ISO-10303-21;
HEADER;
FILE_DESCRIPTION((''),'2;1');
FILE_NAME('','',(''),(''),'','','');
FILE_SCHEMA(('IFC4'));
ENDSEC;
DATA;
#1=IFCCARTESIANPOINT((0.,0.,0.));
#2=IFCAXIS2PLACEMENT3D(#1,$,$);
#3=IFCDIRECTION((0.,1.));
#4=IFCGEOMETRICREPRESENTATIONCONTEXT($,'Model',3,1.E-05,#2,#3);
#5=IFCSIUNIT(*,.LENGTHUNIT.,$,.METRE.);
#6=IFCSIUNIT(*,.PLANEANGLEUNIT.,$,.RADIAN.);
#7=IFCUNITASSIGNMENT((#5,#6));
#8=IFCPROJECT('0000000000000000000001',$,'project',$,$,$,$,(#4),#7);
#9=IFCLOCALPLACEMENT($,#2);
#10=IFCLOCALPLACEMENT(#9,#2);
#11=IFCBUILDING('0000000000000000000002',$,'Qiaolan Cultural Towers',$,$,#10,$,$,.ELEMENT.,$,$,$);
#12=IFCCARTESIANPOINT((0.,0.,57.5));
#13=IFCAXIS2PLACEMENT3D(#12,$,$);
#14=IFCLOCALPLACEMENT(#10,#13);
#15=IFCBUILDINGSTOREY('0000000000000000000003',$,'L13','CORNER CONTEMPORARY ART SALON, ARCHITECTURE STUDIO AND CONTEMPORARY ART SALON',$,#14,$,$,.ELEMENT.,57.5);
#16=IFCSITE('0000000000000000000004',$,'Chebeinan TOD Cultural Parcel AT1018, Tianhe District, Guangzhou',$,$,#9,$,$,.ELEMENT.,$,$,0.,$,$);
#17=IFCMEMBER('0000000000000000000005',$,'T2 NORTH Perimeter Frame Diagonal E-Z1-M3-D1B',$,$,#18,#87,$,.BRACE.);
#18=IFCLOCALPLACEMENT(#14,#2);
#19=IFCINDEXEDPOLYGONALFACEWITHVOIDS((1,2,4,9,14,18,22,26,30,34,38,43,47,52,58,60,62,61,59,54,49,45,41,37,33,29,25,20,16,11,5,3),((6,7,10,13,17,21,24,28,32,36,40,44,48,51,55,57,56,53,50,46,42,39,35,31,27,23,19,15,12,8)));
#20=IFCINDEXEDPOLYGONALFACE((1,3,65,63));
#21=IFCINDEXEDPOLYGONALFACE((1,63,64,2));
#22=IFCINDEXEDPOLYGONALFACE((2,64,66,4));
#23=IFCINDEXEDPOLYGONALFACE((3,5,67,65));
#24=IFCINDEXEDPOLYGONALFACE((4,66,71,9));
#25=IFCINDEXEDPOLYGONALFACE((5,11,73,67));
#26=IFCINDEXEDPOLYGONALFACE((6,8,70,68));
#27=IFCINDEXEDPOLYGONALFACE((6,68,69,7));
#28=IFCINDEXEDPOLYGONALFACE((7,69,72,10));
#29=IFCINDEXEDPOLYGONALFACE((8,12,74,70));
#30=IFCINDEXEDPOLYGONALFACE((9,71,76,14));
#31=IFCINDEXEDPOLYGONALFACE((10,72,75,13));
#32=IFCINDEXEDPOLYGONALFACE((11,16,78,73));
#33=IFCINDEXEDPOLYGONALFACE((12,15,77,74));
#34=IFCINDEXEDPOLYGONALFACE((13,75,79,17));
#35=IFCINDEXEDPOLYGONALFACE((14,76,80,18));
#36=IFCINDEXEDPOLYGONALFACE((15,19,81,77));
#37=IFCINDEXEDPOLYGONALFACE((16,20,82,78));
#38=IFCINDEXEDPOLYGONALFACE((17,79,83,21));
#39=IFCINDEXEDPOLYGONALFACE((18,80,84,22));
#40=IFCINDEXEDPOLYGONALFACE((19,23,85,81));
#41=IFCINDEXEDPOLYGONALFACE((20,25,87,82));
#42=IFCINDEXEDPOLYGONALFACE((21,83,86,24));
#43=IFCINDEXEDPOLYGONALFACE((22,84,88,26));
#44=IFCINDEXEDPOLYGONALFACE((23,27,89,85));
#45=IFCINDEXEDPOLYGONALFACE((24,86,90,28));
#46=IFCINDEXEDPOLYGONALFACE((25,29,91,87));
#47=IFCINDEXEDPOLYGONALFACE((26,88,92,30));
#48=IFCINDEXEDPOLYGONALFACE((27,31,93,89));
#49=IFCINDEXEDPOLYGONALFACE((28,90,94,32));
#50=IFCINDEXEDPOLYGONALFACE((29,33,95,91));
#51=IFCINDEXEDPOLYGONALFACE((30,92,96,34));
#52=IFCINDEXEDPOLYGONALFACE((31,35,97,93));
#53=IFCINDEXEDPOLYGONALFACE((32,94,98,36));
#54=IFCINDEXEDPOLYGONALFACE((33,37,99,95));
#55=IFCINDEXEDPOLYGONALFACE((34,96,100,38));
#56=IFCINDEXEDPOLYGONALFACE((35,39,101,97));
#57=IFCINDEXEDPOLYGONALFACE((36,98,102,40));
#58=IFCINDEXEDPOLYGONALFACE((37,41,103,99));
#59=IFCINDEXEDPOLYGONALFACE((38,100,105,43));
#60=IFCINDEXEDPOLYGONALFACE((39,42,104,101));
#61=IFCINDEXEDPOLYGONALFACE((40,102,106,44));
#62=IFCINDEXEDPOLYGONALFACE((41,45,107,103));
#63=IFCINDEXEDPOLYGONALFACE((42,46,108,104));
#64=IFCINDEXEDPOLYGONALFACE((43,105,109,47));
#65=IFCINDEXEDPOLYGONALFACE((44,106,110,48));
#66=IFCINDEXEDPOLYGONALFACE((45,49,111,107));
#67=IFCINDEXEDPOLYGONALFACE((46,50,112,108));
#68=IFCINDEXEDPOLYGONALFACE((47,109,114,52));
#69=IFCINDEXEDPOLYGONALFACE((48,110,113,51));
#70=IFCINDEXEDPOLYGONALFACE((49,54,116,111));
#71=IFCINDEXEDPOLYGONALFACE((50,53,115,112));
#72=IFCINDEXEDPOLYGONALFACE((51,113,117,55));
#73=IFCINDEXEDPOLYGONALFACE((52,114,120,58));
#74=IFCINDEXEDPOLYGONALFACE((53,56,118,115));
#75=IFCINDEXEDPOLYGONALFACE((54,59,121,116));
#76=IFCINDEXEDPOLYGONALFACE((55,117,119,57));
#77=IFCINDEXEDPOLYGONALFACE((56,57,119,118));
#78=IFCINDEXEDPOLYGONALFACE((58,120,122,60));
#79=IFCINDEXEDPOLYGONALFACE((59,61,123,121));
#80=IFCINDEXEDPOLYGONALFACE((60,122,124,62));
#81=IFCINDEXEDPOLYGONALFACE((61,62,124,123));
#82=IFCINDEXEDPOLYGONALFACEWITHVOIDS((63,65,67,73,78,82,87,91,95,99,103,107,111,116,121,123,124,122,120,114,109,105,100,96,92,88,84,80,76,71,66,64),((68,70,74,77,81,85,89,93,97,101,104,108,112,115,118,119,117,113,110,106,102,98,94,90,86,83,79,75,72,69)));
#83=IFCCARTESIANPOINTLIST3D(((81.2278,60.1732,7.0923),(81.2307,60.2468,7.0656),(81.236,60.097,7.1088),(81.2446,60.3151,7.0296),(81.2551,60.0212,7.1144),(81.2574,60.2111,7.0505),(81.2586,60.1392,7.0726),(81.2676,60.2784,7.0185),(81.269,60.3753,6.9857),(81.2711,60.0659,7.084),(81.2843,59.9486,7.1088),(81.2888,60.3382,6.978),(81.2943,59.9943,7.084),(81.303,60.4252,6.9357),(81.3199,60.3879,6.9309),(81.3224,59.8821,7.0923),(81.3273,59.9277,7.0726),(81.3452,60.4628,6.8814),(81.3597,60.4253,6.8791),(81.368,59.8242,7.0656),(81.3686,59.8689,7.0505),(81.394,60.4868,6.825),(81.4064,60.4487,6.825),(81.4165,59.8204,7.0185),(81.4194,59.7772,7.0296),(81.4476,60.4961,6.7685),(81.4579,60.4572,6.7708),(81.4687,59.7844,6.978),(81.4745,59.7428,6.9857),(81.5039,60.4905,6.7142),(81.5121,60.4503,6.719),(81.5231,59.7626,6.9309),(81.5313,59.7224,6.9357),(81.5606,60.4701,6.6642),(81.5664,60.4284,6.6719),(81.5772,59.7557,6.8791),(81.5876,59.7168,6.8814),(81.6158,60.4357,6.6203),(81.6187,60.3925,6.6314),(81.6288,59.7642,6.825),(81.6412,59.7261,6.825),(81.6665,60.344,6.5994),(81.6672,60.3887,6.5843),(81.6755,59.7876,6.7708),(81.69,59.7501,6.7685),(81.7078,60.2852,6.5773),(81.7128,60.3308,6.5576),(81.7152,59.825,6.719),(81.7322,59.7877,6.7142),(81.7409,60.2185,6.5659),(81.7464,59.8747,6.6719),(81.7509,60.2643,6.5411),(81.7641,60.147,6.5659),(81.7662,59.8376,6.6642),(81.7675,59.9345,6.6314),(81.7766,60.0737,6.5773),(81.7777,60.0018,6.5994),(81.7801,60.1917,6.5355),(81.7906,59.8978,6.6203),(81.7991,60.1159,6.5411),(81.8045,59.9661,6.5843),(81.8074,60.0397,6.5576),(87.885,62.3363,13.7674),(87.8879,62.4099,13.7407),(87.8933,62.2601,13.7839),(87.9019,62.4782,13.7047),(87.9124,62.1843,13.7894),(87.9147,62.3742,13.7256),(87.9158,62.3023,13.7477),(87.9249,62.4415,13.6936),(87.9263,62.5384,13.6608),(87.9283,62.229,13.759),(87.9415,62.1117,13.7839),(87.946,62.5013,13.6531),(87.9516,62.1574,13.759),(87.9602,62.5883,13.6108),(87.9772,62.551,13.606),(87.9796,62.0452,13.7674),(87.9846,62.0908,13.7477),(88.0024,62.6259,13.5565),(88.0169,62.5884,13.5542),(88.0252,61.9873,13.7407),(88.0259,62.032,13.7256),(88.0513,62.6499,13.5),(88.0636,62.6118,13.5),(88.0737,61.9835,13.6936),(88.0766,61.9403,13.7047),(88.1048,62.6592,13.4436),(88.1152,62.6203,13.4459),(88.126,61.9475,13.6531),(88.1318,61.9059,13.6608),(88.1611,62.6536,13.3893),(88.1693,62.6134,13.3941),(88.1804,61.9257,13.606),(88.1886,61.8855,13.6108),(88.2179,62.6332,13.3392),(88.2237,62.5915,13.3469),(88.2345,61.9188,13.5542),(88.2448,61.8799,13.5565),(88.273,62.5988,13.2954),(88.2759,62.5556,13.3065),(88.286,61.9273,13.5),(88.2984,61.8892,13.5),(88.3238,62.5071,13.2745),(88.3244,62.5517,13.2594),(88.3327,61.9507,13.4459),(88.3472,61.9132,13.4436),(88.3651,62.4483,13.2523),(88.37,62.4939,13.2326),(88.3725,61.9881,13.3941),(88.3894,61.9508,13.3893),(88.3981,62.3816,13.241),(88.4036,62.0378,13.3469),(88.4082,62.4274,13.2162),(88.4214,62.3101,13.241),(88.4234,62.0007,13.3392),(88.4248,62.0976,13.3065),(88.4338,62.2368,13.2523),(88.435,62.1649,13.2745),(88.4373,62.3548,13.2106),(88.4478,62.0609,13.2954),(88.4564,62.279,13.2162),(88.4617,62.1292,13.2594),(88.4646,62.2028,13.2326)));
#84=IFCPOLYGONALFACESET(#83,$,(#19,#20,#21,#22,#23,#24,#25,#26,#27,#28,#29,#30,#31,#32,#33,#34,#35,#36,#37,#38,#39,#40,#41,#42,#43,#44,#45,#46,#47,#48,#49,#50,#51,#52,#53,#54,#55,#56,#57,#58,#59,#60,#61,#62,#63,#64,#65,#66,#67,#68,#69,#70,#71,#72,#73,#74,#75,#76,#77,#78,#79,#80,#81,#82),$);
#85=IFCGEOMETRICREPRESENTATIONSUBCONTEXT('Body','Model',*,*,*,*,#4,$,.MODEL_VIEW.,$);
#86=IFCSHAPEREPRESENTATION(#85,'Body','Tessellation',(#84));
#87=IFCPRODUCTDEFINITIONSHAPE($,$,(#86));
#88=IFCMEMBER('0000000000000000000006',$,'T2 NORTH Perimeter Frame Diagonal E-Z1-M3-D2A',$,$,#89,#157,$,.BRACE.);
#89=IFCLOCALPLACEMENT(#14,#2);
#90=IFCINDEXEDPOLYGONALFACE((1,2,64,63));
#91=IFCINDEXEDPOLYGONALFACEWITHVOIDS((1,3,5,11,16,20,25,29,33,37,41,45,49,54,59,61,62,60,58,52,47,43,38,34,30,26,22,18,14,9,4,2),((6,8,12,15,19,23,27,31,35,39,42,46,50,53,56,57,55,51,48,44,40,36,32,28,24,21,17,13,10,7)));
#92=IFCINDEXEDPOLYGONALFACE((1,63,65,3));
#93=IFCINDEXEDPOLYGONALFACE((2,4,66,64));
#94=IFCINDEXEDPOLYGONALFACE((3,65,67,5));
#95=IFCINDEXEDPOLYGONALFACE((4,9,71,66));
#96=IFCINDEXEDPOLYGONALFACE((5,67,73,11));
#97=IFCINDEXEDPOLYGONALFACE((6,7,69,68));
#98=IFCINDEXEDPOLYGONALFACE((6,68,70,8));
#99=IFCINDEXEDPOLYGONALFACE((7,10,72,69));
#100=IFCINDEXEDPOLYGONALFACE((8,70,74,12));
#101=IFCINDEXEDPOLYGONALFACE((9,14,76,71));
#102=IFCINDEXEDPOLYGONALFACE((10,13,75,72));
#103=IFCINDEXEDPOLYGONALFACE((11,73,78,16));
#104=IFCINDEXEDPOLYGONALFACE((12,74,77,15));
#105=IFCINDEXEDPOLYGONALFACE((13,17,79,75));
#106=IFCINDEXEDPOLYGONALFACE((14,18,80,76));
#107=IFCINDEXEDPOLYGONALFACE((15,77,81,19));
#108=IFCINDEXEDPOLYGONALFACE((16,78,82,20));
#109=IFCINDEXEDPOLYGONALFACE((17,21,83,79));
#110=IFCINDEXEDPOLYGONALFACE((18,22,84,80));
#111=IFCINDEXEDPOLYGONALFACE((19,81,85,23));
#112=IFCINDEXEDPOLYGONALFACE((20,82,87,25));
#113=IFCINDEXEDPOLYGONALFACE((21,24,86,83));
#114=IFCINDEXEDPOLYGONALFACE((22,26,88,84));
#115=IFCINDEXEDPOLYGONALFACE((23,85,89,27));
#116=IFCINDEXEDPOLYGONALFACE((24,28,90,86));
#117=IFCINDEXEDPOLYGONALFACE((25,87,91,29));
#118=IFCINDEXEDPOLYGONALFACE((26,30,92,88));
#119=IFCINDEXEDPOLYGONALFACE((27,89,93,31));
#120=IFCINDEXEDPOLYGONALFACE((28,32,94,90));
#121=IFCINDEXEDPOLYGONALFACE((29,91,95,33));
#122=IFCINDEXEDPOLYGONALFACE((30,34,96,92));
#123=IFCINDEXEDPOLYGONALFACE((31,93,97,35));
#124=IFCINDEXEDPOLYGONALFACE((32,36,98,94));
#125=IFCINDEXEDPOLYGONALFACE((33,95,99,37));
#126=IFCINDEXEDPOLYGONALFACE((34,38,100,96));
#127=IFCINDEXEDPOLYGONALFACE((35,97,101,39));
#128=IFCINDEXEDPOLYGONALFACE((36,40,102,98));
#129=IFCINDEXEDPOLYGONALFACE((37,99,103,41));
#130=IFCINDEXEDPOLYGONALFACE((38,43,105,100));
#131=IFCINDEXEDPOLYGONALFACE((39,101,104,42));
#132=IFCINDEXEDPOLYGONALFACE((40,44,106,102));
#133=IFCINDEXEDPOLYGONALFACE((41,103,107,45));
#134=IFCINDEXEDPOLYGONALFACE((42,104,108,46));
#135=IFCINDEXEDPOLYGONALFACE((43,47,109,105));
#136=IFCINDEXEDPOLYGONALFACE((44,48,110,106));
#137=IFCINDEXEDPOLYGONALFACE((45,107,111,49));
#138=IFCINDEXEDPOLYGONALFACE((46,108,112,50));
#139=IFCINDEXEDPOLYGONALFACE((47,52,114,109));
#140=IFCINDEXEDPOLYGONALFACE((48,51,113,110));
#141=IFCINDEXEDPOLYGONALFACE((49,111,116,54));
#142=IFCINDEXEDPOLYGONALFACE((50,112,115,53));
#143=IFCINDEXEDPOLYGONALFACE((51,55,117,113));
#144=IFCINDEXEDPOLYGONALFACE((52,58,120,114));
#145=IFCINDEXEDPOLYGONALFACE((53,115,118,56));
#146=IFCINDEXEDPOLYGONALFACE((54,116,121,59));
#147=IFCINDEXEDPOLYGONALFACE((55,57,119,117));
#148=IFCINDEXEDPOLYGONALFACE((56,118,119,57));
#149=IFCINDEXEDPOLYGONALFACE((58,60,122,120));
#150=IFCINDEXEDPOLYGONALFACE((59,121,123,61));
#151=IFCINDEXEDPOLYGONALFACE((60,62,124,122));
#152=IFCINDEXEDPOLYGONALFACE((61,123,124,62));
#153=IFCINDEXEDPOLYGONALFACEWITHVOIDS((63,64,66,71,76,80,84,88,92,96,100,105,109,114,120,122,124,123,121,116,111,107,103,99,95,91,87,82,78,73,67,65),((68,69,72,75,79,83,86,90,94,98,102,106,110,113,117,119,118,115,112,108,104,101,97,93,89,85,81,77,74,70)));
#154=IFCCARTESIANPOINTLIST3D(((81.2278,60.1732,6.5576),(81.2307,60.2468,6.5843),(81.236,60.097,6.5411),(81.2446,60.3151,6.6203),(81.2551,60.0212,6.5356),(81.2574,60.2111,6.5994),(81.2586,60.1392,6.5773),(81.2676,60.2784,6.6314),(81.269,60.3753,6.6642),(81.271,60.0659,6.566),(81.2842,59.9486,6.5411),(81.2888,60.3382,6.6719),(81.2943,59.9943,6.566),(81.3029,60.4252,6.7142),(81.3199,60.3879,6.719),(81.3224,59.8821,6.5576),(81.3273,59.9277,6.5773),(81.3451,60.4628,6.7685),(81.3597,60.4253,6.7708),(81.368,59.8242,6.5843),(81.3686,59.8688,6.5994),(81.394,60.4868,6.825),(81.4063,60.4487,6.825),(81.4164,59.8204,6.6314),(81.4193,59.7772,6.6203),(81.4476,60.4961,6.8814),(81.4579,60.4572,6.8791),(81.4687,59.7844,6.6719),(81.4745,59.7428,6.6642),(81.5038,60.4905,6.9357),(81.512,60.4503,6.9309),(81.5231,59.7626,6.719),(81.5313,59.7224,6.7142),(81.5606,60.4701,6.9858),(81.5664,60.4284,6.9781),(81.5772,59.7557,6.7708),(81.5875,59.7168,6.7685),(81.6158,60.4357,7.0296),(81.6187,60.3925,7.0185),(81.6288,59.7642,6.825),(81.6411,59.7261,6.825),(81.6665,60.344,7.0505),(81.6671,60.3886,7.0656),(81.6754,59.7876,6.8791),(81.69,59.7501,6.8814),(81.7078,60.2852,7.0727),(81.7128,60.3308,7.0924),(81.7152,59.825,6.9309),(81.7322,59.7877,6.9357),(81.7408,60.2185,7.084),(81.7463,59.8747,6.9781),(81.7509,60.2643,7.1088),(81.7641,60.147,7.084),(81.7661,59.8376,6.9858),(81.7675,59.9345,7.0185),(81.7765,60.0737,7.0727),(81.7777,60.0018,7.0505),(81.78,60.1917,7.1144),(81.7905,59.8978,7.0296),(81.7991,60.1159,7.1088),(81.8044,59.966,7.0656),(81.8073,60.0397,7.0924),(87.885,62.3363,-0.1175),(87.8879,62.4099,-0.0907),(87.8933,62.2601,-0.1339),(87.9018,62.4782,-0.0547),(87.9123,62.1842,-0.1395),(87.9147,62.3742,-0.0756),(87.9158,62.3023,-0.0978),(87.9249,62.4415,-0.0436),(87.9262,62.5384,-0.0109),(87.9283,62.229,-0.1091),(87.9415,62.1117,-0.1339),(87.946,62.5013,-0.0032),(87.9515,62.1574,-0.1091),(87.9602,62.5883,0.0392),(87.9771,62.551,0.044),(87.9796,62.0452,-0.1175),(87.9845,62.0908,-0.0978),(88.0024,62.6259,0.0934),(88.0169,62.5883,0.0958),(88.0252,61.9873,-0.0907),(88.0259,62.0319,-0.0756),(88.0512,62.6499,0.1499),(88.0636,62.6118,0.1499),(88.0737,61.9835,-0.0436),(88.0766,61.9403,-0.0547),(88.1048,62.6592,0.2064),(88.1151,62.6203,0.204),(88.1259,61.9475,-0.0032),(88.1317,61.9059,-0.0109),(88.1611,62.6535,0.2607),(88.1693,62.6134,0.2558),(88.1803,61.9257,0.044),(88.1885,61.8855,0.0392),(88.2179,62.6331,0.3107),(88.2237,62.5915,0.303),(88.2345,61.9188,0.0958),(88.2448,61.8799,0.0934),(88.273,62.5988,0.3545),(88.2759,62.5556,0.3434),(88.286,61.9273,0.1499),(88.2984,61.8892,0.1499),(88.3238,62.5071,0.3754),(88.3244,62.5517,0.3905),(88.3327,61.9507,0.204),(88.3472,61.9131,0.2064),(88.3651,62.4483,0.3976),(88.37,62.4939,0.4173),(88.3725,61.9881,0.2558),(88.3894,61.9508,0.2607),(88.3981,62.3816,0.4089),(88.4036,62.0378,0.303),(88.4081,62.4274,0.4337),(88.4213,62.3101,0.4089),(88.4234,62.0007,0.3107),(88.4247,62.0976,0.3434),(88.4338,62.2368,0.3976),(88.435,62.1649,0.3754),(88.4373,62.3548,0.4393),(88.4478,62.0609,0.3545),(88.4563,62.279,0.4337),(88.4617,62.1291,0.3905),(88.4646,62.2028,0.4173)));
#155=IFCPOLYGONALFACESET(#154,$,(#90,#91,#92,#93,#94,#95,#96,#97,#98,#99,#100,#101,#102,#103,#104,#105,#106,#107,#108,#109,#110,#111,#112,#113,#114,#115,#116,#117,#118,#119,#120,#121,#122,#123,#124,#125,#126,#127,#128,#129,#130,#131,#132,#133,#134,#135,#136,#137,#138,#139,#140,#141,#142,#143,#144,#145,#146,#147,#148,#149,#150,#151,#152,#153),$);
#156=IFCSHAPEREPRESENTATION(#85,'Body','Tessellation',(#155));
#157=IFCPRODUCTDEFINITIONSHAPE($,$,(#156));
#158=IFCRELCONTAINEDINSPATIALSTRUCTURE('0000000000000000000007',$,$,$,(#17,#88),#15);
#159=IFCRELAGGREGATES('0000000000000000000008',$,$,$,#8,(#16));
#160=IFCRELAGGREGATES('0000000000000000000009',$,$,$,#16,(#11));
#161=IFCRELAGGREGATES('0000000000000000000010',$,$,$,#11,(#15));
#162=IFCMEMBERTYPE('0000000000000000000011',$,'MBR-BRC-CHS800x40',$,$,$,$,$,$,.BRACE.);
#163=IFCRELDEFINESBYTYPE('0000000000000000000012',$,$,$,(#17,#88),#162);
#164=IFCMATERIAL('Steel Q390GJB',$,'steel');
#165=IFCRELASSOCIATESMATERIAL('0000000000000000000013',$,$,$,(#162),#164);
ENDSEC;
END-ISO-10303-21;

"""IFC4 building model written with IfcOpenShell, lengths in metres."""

from ifc_helpers import new_model, si_unit, direction, frame, origin, origin_2d, place, context, subcontext, project, spatial, hollow_circle, extrude, material, material_profile, profile_set, type_object, element, save


model = new_model("IFC4")

# Units and contexts
model_context = context("Model", 3, precision=1e-05, world=origin(), true_north=direction((0.0, 1.0)))
body_context = subcontext(model_context, "Body", "Model", "MODEL_VIEW")
ifc_project = project(units=[si_unit("LENGTHUNIT", "METRE"), si_unit("PLANEANGLEUNIT", "RADIAN")], contexts=[model_context])

# Site, building, storey
site_placement = place(None, origin())
site = spatial("IfcSite", under=ifc_project, at=site_placement, Name="Chebeinan TOD Cultural Parcel AT1018, Tianhe District, Guangzhou", CompositionType="ELEMENT", RefElevation=0.0)
building_placement = place(site_placement, origin())
building = spatial("IfcBuilding", under=site, at=building_placement, Name="Qiaolan Cultural Towers", CompositionType="ELEMENT")
storey_placement = place(building_placement, frame((0.0, 0.0, 57.5)))
storey = spatial("IfcBuildingStorey", under=building, at=storey_placement, Name="L13", Description="CORNER CONTEMPORARY ART SALON, ARCHITECTURE STUDIO AND CONTEMPORARY ART SALON", CompositionType="ELEMENT", Elevation=57.5)

# Members
ifc_material_1 = material(Name="Steel Q390GJB", Category="steel")
ifc_material_profile_1 = material_profile(ifc_material_1, hollow_circle(Radius=0.3999, WallThickness=0.04, at=origin_2d()), Name="CHS800x40")
ifc_profile_set_1 = profile_set([ifc_material_profile_1], Name="Steel Q390GJB")
member_type = type_object("IfcMemberType", Name="MBR-BRC-CHS800x40", PredefinedType="BRACE", material=ifc_profile_set_1)
for number, where, z_axis, x_axis, name in (
    (1, (81.5176, 60.1064, 6.825), (0.688276, 0.223637, 0.690118), (-0.30902, 0.951056, 0.0), "T2 NORTH Perimeter Frame Diagonal E-Z1-M3-D1B"),
    (2, (88.1748, 62.2695, 0.1499), (-0.688276, -0.223637, 0.690118), (0.30902, -0.951056, 0.0), "T2 NORTH Perimeter Frame Diagonal E-Z1-M3-D2A"),
):
    element("IfcMember", number, at=place(storey_placement, frame(where, z_axis=z_axis, x_axis=x_axis)), inside=storey, type_object=member_type, Name=name, PredefinedType="BRACE", context=body_context, shape_type="SweptSolid", body=[
        extrude(hollow_circle(Radius=0.3999, WallThickness=0.04, at=origin_2d()), origin(), (0.0, 0.0, 1.0), 9.6724),
    ])

save(model, "model.ifc")
